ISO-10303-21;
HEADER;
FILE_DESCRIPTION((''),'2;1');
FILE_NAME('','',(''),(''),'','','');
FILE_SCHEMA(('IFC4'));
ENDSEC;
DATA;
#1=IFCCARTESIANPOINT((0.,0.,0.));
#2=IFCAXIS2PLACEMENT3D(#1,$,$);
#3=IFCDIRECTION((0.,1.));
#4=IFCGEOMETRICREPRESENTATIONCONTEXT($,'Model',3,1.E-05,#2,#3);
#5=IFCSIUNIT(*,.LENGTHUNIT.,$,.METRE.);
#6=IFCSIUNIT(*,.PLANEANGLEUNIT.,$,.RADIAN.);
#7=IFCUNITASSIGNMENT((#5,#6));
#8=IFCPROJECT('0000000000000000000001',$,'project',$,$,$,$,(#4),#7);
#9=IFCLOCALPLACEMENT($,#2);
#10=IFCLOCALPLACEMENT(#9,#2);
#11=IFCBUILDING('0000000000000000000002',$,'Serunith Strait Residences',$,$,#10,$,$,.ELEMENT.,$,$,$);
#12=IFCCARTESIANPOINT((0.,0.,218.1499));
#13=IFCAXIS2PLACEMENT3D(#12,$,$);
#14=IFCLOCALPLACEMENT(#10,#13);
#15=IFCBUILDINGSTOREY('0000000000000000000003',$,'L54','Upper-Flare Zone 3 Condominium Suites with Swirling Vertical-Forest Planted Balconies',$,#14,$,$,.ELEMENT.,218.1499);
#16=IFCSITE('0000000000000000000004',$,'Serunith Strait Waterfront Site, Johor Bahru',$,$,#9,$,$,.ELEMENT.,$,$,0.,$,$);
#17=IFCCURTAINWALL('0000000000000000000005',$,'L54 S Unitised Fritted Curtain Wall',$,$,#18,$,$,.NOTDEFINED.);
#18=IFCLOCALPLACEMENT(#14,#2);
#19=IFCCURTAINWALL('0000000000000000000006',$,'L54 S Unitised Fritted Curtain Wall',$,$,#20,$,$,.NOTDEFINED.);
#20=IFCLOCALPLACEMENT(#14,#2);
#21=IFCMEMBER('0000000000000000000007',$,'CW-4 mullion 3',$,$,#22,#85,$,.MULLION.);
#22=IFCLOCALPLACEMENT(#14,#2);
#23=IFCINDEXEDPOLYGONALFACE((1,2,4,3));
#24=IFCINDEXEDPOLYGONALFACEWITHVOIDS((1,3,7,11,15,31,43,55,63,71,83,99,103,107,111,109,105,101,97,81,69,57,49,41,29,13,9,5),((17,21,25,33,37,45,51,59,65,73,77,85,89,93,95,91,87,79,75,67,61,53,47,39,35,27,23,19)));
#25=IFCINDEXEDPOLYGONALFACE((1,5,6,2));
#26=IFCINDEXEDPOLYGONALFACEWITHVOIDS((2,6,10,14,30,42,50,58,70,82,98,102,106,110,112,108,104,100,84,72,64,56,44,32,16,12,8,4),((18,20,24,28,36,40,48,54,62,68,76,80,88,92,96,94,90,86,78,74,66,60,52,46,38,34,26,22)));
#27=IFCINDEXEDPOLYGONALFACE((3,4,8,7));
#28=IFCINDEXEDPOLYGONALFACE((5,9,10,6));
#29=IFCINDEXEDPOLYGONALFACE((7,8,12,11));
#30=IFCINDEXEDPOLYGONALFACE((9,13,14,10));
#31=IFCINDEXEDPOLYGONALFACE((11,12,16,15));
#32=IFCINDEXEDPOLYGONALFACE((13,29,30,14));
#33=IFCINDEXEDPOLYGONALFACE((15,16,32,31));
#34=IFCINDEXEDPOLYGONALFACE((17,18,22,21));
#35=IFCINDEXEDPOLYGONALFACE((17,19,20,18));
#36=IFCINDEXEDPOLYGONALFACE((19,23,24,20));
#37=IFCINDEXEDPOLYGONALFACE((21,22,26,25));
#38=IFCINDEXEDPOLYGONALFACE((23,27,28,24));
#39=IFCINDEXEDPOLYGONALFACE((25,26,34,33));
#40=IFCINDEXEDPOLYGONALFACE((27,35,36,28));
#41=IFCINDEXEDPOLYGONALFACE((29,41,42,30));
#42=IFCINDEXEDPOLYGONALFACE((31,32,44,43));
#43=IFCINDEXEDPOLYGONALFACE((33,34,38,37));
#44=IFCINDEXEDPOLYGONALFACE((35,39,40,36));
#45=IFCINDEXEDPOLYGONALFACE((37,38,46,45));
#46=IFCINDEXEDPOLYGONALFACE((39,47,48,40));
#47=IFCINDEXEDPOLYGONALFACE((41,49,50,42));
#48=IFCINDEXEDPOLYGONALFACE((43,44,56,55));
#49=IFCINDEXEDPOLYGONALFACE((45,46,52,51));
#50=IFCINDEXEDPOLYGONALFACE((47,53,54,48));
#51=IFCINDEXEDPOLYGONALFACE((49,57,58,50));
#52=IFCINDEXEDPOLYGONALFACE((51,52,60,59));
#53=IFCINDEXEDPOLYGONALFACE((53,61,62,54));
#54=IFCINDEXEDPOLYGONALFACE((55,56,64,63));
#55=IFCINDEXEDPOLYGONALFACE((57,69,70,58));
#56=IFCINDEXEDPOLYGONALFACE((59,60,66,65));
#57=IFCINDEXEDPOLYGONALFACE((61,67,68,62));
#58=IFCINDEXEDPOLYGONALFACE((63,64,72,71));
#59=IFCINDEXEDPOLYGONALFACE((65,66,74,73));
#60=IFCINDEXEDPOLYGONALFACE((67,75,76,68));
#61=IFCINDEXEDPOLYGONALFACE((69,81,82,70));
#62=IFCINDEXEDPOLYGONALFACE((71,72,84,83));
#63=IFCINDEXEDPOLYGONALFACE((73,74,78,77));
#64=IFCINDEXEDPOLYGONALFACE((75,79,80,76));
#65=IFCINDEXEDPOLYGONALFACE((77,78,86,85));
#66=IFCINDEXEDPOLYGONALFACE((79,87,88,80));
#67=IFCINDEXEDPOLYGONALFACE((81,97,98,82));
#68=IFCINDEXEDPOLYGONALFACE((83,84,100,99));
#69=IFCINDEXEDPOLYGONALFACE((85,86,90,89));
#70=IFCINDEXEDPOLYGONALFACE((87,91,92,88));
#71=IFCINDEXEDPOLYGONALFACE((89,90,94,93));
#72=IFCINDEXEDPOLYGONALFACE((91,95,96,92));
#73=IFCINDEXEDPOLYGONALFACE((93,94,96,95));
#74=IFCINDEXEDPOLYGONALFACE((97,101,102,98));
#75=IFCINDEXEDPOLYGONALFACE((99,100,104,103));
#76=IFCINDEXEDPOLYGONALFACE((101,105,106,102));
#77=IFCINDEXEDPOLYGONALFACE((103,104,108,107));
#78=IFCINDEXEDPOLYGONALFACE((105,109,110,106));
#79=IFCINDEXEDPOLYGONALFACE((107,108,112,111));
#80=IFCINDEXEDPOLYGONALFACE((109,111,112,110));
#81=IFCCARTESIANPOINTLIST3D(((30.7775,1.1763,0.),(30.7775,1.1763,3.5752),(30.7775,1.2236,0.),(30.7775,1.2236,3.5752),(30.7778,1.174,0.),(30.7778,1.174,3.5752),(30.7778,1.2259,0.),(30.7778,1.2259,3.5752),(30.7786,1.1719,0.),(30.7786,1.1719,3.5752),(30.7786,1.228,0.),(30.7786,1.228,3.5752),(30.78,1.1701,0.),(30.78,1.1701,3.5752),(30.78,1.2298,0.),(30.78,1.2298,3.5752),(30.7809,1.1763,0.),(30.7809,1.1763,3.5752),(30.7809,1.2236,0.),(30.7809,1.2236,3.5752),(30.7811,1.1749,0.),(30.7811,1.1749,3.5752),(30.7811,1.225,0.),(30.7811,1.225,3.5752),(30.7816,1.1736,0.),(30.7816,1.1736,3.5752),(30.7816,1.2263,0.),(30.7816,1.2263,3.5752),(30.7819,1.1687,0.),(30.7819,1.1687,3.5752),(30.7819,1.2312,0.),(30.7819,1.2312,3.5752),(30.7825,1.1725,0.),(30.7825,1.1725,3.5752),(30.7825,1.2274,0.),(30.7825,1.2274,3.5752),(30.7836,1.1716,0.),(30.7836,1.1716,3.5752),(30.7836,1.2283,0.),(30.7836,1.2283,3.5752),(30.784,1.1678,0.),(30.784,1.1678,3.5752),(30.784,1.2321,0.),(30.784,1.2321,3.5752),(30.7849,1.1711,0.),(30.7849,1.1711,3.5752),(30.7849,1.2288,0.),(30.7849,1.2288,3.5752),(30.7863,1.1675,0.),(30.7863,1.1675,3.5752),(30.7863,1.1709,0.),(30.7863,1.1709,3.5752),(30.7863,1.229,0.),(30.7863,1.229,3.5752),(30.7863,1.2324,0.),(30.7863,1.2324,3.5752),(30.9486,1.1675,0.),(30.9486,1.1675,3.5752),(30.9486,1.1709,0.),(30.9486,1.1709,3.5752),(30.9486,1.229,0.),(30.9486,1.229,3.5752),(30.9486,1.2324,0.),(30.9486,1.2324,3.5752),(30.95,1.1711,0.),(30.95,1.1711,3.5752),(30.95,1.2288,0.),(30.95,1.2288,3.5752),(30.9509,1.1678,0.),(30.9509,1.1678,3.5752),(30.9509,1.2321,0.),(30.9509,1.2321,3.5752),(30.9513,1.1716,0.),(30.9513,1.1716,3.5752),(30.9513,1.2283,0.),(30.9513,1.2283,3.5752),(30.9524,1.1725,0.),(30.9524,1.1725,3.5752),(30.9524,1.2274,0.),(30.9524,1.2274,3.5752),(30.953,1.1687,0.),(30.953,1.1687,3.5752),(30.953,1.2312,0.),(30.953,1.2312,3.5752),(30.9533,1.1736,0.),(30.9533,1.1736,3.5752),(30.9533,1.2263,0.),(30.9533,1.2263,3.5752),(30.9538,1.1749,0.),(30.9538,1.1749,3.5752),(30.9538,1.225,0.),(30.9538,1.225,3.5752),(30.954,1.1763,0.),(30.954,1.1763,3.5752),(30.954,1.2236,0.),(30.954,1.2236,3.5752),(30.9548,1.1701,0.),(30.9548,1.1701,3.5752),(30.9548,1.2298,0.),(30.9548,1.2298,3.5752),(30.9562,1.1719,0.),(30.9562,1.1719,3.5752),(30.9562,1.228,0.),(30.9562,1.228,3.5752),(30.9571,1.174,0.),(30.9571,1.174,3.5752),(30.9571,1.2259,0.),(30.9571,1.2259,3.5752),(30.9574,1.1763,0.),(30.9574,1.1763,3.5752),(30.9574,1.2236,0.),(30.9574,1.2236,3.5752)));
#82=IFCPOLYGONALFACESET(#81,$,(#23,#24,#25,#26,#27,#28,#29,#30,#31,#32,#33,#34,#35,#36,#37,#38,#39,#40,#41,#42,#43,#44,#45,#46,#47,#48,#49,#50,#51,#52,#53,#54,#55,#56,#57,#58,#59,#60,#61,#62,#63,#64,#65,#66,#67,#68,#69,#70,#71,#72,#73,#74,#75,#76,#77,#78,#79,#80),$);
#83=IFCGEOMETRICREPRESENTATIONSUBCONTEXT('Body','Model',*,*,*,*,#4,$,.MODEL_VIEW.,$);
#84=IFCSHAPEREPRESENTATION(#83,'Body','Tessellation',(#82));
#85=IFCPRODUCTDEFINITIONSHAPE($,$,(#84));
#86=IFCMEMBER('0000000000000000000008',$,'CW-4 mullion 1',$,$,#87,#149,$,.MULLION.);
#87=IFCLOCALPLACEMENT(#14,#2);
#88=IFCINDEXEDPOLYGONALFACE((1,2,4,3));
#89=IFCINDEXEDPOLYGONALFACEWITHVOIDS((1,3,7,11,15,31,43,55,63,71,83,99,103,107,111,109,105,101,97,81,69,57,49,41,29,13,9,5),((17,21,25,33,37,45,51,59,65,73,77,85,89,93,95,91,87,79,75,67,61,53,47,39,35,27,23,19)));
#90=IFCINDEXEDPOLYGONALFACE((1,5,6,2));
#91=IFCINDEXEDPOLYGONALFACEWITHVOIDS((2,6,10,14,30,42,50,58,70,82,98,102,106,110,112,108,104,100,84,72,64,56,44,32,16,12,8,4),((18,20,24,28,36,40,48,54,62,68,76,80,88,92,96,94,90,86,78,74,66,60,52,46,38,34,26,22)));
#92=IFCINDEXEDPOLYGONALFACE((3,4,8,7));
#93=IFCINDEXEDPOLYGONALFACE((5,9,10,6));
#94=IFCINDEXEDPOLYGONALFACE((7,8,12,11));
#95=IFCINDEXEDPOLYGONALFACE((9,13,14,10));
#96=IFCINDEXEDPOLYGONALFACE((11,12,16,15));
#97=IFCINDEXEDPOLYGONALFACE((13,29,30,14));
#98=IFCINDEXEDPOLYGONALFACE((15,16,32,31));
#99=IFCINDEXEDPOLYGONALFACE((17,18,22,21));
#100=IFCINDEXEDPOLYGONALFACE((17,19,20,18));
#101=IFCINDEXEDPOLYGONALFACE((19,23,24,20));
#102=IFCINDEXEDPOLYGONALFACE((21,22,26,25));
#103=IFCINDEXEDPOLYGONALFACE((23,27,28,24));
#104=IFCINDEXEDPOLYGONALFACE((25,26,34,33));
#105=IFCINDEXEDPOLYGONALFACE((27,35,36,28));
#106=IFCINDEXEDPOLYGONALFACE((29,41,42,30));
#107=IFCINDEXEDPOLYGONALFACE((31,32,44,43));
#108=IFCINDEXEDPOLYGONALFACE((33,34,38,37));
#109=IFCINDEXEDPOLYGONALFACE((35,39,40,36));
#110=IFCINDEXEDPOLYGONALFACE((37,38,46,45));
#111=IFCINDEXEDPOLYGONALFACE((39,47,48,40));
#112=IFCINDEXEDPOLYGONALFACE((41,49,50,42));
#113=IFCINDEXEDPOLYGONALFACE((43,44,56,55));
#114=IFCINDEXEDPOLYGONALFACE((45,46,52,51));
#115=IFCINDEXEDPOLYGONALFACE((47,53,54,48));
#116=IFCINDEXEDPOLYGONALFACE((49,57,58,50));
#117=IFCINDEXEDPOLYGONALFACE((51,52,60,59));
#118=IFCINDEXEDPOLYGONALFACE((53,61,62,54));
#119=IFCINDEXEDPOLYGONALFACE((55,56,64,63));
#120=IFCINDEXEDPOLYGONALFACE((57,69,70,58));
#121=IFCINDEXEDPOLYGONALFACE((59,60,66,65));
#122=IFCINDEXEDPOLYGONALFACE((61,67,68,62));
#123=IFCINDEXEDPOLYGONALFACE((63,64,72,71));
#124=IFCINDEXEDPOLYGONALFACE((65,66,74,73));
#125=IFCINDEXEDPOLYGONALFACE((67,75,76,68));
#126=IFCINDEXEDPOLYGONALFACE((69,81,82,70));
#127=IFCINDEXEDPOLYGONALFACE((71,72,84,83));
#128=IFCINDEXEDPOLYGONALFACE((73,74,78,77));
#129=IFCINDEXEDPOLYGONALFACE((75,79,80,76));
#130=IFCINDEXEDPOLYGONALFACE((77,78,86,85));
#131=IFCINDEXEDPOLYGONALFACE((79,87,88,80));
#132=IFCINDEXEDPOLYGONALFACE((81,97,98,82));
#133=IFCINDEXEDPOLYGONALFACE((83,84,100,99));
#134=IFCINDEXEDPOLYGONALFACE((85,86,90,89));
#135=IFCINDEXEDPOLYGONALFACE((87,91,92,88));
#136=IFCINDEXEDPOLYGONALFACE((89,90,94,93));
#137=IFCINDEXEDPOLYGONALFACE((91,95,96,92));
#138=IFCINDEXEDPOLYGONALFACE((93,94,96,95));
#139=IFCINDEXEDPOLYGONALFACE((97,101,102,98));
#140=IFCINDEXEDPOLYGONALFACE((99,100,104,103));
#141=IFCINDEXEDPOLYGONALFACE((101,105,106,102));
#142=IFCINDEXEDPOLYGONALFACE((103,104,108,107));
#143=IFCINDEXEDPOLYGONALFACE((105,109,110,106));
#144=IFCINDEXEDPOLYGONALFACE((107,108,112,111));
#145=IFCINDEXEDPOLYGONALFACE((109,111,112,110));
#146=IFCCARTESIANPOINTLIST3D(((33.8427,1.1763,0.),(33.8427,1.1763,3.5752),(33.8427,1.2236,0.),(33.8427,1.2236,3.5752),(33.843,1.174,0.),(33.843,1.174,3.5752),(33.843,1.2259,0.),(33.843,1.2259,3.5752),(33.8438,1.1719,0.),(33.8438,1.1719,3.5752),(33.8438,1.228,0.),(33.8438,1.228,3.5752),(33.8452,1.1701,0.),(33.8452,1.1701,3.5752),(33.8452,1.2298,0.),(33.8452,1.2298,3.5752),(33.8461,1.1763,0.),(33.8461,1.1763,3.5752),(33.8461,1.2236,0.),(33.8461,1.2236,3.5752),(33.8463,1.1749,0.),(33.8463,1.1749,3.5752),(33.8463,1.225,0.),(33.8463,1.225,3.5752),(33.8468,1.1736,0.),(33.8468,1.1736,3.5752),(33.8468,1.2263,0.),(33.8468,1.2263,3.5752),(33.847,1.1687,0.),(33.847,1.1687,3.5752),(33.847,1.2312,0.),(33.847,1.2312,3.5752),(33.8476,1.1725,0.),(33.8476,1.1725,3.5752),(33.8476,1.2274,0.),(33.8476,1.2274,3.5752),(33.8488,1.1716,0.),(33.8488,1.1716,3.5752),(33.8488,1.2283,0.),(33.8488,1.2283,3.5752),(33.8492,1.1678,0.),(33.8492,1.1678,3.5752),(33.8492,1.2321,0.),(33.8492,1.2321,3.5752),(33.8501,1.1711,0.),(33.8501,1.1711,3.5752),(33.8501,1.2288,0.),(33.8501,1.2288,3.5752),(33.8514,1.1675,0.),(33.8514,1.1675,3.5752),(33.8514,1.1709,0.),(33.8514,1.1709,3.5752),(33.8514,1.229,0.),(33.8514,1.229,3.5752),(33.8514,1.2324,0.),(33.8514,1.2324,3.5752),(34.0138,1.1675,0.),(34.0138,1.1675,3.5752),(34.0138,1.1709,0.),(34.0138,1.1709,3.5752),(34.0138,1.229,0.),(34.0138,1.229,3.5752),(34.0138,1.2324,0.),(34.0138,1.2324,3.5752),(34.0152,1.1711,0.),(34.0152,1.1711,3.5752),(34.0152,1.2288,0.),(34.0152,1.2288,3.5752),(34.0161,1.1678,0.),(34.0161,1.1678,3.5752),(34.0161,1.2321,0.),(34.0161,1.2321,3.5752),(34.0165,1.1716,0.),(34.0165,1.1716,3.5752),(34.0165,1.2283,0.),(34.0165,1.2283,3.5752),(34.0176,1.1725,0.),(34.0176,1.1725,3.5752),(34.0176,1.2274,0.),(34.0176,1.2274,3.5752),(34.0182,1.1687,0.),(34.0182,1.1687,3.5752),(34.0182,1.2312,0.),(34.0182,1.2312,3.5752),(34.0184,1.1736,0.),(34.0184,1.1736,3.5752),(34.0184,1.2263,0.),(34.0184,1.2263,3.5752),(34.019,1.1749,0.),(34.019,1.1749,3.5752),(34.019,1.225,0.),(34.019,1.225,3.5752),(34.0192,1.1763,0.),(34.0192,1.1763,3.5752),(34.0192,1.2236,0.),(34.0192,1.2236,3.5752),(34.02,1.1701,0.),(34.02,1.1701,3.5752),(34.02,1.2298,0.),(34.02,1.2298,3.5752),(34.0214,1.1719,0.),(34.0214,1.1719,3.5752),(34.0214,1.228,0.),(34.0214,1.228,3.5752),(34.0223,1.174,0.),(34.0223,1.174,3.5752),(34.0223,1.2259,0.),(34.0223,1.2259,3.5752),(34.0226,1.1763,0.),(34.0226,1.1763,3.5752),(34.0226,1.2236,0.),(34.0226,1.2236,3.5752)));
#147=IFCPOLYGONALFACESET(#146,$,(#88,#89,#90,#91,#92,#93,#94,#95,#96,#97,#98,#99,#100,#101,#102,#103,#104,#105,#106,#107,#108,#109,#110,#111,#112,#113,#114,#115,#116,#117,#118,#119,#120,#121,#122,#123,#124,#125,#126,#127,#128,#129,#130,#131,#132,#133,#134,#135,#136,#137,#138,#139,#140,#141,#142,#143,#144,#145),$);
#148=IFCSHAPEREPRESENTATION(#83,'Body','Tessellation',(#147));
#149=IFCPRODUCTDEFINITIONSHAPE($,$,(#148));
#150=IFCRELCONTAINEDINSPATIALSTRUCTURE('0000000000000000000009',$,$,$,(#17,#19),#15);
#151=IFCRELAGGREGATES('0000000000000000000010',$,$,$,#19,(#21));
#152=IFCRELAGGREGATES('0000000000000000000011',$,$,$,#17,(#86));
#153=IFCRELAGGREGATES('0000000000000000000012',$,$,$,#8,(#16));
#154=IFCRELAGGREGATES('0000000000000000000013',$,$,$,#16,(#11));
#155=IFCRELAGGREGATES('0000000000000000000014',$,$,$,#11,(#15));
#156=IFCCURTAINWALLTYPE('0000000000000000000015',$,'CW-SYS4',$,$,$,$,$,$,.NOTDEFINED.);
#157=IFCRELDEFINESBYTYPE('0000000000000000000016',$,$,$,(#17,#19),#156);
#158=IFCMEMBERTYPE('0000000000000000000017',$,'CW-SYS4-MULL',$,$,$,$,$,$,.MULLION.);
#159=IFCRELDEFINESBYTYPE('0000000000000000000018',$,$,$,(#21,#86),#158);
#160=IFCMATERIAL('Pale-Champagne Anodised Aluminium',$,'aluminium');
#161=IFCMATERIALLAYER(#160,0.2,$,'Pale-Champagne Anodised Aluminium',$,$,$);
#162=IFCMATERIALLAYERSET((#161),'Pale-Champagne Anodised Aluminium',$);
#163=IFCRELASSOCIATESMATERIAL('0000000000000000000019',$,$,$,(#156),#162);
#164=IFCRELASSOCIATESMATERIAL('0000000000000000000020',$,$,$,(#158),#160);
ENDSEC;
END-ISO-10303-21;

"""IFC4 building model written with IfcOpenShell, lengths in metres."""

from ifc_helpers import new_model, si_unit, direction, frame, origin, origin_2d, place, context, subcontext, project, spatial, hollow_rectangle, extrude, source, transform, mapped, material, layer, layer_set, material_profile, profile_set, type_object, element, aggregate, save


model = new_model("IFC4")

# Units and contexts
model_context = context("Model", 3, precision=1e-05, world=origin(), true_north=direction((0.0, 1.0)))
body_context = subcontext(model_context, "Body", "Model", "MODEL_VIEW")
ifc_project = project(units=[si_unit("LENGTHUNIT", "METRE"), si_unit("PLANEANGLEUNIT", "RADIAN")], contexts=[model_context])

# Site, building, storey
site_placement = place(None, origin())
site = spatial("IfcSite", under=ifc_project, at=site_placement, Name="Serunith Strait Waterfront Site, Johor Bahru", CompositionType="ELEMENT", RefElevation=0.0)
building_placement = place(site_placement, origin())
building = spatial("IfcBuilding", under=site, at=building_placement, Name="Serunith Strait Residences", CompositionType="ELEMENT")
storey_placement = place(building_placement, frame((0.0, 0.0, 218.1499)))
storey = spatial("IfcBuildingStorey", under=building, at=storey_placement, Name="L54", Description="Upper-Flare Zone 3 Condominium Suites with Swirling Vertical-Forest Planted Balconies", CompositionType="ELEMENT", Elevation=218.1499)

# Curtain wall
ifc_material_1 = material(Name="Pale-Champagne Anodised Aluminium", Category="aluminium")
ifc_layer_1 = layer(ifc_material_1, 0.2, Name="Pale-Champagne Anodised Aluminium")
ifc_layer_set_1 = layer_set([ifc_layer_1], Name="Pale-Champagne Anodised Aluminium")
curtain_wall_type = type_object("IfcCurtainWallType", Name="CW-SYS4", PredefinedType="NOTDEFINED", material=ifc_layer_set_1)
curtain_wall_1_placement = place(storey_placement, origin())
curtain_wall_1 = element("IfcCurtainWall", 1, at=curtain_wall_1_placement, inside=storey, type_object=curtain_wall_type, Name="L54 S Unitised Fritted Curtain Wall", PredefinedType="NOTDEFINED")

# Curtain wall, member
curtain_wall_2_placement = place(storey_placement, origin())
curtain_wall_2 = element("IfcCurtainWall", 2, at=curtain_wall_2_placement, inside=storey, type_object=curtain_wall_type, Name="L54 S Unitised Fritted Curtain Wall", PredefinedType="NOTDEFINED")
ifc_material_profile_1 = material_profile(ifc_material_1, hollow_rectangle(XDim=0.0649, YDim=0.1799, WallThickness=0.0034, InnerFilletRadius=0.0054, OuterFilletRadius=0.0088, at=origin_2d()), Name="ALU 180x65x3.5")
ifc_profile_set_1 = profile_set([ifc_material_profile_1], Name="Pale-Champagne Anodised Aluminium")
member_type_1 = type_object("IfcMemberType", Name="CW-SYS4-MULL", PredefinedType="MULLION", material=ifc_profile_set_1)
shared_shape_1 = source(origin(), body_context, "Body", "SweptSolid", [
    extrude(hollow_rectangle(XDim=0.0649, YDim=0.1799, WallThickness=0.0034, InnerFilletRadius=0.0054, OuterFilletRadius=0.0088, at=origin_2d()), origin(), (0.0, 0.0, 1.0), 3.5752),
])
member_1_placement = place(storey_placement, frame((30.8674, 1.2, 0.0), z_axis=(0.0, 0.0, 1.0), x_axis=(0.0, 1.0, 0.0)))
member_1 = element("IfcMember", 3, at=member_1_placement, type_object=member_type_1, Name="CW-4 mullion 3", PredefinedType="MULLION", context=body_context, shape_type="MappedRepresentation", body=[
    mapped(shared_shape_1, transform((0.0, 0.0, 0.0), scale=1.0)),
])
aggregate(curtain_wall_2, [member_1])

# Member
member_2_placement = place(storey_placement, frame((33.9326, 1.2, 0.0), z_axis=(0.0, 0.0, 1.0), x_axis=(0.0, 1.0, 0.0)))
member_2 = element("IfcMember", 4, at=member_2_placement, type_object=member_type_1, Name="CW-4 mullion 1", PredefinedType="MULLION", context=body_context, shape_type="MappedRepresentation", body=[
    mapped(shared_shape_1, transform((0.0, 0.0, 0.0), scale=1.0)),
])

aggregate(curtain_wall_1, [member_2])

save(model, "model.ifc")
